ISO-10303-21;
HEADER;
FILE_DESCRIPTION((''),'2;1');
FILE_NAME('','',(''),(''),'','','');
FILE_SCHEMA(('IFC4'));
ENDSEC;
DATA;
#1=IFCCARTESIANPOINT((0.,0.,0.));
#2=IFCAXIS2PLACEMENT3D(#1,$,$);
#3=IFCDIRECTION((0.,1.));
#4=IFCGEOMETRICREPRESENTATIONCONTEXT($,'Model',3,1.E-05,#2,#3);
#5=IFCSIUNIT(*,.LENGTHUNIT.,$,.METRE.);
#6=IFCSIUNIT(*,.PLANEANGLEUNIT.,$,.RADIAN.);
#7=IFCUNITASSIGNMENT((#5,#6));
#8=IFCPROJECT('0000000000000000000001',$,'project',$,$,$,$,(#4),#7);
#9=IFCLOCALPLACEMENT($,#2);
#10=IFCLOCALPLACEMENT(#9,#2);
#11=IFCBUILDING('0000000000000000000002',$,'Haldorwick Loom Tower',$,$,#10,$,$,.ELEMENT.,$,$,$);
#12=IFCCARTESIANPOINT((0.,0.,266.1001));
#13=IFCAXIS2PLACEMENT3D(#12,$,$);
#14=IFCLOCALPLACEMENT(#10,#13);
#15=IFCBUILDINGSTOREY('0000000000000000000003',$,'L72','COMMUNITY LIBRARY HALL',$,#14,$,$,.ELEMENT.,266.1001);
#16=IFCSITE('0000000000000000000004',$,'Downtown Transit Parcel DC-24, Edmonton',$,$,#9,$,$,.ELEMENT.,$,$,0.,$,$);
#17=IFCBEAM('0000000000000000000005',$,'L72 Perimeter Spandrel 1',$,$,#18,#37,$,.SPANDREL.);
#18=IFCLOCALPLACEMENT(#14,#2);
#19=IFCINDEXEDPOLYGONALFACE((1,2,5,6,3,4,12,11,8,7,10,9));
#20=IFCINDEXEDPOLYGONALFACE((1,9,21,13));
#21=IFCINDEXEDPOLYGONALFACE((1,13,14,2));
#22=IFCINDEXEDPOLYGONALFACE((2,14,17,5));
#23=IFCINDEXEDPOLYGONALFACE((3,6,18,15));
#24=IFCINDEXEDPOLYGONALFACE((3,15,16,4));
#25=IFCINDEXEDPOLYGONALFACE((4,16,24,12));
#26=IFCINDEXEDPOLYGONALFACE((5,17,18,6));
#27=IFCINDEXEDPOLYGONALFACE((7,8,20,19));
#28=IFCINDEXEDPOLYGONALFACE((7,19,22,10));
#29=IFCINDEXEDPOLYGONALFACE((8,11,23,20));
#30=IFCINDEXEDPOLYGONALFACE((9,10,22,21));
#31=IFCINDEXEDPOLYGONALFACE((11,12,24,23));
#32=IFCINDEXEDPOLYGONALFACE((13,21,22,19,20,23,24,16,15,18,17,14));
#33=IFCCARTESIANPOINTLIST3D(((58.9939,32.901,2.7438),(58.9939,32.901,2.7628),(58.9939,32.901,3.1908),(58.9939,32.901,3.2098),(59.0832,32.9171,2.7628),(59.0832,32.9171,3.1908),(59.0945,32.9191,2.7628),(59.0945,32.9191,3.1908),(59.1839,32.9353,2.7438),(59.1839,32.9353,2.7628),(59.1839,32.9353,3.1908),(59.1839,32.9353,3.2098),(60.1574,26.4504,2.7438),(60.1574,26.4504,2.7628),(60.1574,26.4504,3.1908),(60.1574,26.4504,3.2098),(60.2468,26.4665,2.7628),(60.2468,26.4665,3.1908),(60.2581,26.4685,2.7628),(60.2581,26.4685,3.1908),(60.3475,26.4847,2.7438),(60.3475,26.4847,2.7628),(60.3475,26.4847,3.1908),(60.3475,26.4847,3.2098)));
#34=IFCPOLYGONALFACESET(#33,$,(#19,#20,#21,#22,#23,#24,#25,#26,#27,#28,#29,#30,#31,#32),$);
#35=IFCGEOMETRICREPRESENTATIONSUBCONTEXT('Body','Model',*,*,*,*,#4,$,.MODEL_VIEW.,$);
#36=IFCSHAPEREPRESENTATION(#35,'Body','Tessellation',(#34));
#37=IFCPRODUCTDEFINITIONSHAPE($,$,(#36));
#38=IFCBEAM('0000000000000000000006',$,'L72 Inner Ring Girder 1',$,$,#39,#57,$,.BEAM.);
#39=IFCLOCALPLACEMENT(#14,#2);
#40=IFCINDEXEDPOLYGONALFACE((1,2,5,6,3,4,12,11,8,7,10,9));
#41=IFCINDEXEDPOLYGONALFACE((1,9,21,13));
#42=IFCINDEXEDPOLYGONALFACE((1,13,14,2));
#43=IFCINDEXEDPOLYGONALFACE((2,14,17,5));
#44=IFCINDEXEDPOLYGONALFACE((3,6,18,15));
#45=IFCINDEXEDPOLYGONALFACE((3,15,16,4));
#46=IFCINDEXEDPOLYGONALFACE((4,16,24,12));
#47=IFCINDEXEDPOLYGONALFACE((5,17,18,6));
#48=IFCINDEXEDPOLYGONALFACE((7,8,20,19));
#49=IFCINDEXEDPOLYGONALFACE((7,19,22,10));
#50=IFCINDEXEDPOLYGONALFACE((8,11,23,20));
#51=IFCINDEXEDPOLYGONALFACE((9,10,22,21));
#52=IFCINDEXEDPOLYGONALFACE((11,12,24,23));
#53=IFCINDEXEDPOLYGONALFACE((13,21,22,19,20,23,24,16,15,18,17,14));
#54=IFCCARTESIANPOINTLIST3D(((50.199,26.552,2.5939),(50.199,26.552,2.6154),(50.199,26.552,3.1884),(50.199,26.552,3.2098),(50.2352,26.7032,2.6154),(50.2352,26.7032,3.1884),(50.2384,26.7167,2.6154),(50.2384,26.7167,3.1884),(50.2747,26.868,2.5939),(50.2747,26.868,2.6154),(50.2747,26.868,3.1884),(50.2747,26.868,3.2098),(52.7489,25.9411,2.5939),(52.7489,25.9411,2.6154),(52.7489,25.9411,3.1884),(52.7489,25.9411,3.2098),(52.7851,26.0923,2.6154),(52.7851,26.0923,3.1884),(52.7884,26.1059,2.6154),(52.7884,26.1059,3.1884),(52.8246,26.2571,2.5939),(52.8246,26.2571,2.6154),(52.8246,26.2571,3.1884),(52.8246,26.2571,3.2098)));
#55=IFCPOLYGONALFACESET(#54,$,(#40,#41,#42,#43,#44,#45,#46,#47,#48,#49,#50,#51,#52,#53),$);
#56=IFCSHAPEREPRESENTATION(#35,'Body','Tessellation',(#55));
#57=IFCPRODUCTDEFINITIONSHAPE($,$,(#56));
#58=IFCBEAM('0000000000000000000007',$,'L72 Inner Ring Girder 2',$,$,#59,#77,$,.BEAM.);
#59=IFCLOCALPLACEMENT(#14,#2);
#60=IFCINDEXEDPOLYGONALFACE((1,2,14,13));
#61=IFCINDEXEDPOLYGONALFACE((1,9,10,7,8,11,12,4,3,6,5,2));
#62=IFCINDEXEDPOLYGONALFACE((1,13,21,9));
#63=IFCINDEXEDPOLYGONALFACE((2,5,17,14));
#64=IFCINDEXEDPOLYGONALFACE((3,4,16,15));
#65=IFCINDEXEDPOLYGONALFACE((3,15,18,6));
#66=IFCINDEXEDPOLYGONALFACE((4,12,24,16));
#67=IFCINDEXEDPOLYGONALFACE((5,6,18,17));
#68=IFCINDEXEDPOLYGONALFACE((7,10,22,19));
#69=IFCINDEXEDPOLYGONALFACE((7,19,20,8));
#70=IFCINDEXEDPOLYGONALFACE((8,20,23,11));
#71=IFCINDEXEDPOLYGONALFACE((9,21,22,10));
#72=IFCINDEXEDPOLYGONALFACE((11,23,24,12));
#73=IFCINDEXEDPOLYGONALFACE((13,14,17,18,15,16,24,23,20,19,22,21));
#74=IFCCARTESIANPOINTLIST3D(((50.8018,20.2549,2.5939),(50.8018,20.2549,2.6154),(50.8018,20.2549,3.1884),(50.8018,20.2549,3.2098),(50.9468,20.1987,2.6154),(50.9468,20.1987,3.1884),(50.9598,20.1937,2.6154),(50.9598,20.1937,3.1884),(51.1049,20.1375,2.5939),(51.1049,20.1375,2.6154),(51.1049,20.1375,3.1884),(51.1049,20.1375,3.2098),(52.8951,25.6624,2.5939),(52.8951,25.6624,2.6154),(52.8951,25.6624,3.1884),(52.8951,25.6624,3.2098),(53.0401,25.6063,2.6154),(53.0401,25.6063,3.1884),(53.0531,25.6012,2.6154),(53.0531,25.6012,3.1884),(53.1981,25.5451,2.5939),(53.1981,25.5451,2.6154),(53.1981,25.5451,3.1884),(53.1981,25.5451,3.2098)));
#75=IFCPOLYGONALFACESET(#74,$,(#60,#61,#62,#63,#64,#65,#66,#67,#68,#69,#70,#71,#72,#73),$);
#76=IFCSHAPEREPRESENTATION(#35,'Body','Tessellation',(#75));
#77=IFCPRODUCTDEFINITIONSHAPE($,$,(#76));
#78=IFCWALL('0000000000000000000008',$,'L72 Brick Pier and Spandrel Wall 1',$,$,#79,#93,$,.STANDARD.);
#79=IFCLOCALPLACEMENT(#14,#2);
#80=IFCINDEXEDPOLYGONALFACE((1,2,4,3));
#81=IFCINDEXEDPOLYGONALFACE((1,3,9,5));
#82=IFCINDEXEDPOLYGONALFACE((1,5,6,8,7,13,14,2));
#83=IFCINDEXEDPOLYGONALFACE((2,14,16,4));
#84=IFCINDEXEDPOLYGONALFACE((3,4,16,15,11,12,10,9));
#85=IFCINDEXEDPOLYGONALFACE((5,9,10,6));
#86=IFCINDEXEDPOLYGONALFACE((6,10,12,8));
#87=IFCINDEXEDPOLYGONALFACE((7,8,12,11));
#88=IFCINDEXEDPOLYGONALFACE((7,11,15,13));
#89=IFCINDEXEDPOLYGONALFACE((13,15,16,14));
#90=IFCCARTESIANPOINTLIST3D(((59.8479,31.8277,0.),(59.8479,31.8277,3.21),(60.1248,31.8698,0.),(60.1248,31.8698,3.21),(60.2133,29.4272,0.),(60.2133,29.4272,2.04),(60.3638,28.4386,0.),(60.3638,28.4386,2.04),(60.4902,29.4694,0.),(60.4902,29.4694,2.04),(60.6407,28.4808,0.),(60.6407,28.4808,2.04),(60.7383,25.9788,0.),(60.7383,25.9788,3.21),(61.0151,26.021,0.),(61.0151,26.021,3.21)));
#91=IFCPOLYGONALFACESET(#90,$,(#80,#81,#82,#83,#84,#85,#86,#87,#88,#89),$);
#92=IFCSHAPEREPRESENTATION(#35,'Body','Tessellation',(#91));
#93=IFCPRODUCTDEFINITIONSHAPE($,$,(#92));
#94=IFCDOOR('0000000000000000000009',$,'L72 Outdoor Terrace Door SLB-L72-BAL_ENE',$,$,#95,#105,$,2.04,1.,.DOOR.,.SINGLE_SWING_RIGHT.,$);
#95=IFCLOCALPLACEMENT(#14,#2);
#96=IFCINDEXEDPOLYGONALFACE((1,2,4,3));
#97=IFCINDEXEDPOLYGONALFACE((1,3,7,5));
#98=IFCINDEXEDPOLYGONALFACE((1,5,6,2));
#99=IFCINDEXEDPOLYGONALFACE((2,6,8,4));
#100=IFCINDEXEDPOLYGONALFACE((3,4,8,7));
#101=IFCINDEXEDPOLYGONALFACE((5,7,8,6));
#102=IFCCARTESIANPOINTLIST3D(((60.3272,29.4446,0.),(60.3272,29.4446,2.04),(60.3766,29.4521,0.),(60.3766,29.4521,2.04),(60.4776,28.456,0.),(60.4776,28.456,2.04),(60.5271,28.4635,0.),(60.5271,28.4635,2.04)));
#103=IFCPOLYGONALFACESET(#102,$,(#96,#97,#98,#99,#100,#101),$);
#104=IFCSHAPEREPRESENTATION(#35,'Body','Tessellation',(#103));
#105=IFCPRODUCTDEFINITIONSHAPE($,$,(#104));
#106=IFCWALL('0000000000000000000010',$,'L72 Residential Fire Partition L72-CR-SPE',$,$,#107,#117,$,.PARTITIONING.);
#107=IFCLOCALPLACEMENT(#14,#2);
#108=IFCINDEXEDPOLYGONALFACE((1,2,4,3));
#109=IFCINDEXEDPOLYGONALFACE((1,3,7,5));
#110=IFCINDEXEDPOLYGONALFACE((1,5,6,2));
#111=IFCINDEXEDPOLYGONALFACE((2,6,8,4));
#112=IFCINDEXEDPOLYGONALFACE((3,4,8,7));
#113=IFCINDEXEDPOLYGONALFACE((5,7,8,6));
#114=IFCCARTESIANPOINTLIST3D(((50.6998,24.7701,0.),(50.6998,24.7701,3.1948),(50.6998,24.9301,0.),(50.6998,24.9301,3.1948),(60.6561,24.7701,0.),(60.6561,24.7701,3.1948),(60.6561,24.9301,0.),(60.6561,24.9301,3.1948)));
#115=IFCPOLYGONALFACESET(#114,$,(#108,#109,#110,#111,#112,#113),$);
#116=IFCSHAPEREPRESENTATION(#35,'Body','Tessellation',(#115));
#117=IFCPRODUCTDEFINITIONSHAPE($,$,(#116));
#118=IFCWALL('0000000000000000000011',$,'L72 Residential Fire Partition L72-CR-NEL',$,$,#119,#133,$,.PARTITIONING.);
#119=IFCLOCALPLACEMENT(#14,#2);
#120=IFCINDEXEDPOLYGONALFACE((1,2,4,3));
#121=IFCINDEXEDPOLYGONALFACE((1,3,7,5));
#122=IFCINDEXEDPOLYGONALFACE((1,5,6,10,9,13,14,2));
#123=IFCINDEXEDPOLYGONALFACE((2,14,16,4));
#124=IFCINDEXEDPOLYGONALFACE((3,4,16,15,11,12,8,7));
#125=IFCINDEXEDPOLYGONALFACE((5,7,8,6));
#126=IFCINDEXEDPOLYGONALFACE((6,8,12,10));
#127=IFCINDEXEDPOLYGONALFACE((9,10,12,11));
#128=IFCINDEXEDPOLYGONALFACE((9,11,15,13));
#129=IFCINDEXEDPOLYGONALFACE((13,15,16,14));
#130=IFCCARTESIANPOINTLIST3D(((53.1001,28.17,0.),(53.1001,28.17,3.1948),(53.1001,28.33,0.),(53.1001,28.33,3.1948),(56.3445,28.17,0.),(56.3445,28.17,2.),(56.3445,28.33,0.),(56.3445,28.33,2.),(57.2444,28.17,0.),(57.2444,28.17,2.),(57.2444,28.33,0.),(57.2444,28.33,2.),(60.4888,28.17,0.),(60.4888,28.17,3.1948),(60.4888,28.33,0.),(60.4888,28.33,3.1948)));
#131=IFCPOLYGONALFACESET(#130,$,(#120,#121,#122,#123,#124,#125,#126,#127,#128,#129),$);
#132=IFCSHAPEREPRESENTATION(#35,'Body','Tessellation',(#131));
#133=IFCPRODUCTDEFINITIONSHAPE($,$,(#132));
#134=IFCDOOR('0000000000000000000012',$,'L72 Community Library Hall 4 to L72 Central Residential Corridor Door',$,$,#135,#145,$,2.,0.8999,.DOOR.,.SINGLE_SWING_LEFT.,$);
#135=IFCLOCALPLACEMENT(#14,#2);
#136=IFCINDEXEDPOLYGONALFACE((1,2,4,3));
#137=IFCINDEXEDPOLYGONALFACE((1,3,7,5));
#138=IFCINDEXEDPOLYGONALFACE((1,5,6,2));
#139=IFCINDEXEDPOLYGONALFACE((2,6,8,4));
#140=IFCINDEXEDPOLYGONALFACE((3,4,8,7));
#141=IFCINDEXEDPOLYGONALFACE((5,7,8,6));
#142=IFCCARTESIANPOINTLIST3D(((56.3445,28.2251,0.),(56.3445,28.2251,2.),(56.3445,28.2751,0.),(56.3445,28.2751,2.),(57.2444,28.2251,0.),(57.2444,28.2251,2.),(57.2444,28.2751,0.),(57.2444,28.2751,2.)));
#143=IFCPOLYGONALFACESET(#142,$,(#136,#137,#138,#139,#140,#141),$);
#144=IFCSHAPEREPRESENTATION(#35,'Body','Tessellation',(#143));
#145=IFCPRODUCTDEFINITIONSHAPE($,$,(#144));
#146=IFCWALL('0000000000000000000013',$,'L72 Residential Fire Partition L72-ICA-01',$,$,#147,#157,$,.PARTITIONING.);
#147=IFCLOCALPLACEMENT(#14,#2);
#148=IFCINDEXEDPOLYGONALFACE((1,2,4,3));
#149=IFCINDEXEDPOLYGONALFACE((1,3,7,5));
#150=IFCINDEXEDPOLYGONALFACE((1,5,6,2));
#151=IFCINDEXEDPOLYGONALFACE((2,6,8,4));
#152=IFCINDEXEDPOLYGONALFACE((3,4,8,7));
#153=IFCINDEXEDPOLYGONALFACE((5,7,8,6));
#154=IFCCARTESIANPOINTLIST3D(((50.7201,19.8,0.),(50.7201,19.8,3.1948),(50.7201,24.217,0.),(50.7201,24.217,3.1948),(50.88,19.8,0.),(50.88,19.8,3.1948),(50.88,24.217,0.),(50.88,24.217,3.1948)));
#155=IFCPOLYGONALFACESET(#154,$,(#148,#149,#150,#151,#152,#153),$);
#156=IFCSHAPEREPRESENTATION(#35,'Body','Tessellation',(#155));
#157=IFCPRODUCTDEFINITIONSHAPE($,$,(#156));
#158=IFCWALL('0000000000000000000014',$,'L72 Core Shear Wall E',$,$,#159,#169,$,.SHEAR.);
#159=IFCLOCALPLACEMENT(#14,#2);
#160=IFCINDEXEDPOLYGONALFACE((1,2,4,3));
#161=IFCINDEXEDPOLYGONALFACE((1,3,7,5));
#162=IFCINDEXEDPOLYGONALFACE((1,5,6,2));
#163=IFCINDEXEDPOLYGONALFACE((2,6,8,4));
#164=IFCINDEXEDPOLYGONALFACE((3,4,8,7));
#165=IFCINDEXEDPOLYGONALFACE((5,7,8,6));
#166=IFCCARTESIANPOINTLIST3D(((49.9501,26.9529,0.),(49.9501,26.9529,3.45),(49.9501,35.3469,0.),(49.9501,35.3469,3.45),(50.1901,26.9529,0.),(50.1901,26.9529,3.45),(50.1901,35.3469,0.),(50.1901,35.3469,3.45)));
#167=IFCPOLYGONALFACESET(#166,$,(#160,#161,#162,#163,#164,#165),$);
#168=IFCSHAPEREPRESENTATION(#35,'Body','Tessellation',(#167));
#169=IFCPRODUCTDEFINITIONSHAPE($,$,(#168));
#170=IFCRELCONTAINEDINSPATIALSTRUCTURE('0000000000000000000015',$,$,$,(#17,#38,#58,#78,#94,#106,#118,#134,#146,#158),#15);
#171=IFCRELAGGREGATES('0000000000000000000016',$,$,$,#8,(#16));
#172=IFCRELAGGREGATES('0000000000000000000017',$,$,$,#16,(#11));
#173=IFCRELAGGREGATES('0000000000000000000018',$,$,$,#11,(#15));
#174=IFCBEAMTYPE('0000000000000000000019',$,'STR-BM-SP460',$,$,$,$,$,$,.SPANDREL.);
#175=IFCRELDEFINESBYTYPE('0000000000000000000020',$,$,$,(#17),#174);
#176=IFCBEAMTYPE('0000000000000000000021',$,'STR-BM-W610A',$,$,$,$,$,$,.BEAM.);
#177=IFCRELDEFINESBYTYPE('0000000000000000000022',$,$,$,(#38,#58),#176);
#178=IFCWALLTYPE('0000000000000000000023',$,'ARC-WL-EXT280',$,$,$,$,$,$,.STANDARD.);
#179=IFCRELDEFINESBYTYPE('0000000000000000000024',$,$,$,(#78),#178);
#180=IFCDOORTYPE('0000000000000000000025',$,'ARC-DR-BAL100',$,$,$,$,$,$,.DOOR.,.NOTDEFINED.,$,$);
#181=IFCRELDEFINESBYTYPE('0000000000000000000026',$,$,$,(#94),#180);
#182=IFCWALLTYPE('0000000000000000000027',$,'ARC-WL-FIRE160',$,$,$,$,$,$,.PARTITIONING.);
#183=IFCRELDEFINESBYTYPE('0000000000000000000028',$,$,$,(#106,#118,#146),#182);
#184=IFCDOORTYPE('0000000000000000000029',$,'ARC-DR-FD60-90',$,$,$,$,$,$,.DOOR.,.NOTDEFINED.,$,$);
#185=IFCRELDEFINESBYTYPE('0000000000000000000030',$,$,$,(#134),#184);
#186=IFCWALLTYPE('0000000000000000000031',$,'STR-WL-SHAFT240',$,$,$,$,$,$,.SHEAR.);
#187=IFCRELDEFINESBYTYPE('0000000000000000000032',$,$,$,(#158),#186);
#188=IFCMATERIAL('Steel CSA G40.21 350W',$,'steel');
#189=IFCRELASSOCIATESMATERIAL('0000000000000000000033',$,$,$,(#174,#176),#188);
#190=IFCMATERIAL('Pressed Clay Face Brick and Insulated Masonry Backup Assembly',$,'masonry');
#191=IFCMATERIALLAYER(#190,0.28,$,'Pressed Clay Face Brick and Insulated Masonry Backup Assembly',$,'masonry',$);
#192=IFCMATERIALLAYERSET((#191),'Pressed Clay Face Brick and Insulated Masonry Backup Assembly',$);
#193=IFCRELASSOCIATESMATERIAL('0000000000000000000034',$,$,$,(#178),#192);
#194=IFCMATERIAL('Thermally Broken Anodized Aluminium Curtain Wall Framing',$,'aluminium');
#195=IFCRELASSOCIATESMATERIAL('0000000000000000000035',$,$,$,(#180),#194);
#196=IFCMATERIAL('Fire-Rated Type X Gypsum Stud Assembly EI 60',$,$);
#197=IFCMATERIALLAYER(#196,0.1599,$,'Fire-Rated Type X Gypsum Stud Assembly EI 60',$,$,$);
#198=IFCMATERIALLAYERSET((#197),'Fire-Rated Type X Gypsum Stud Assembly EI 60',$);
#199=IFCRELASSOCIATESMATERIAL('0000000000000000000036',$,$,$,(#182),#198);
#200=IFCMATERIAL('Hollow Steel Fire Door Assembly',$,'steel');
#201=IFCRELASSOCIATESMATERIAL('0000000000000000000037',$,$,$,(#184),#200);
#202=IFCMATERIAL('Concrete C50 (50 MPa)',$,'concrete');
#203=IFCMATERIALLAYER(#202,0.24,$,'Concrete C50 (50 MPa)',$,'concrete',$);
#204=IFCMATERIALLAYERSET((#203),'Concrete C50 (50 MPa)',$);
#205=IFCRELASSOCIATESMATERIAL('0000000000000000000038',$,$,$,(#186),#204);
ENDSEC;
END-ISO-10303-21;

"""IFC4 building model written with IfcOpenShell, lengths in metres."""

from ifc_helpers import new_model, si_unit, direction, frame, frame_2d, origin, origin_2d, place, context, subcontext, project, spatial, rectangle, i_section, extrude, material, layer, layer_set, material_profile, profile_set, type_object, element, fill, save


model = new_model("IFC4")

# Units and contexts
model_context = context("Model", 3, precision=1e-05, world=origin(), true_north=direction((0.0, 1.0)))
body_context = subcontext(model_context, "Body", "Model", "MODEL_VIEW")
ifc_project = project(units=[si_unit("LENGTHUNIT", "METRE"), si_unit("PLANEANGLEUNIT", "RADIAN")], contexts=[model_context])

# Site, building, storey
site_placement = place(None, origin())
site = spatial("IfcSite", under=ifc_project, at=site_placement, Name="Downtown Transit Parcel DC-24, Edmonton", CompositionType="ELEMENT", RefElevation=0.0)
building_placement = place(site_placement, origin())
building = spatial("IfcBuilding", under=site, at=building_placement, Name="Haldorwick Loom Tower", CompositionType="ELEMENT")
storey_placement = place(building_placement, frame((0.0, 0.0, 266.1001)))
storey = spatial("IfcBuildingStorey", under=building, at=storey_placement, Name="L72", Description="COMMUNITY LIBRARY HALL", CompositionType="ELEMENT", Elevation=266.1001)

# Shared definitions
ifc_material_1 = material(Name="Concrete C50 (50 MPa)", Category="concrete")
ifc_material_2 = material(Name="Steel CSA G40.21 350W", Category="steel")

# Beams
ifc_material_profile_1 = material_profile(ifc_material_2, i_section(OverallWidth=0.1931, OverallDepth=0.4661, WebThickness=0.0115, FlangeThickness=0.019, at=origin_2d()), Name="W460X97", Category="steel")
ifc_profile_set_1 = profile_set([ifc_material_profile_1], Name="Steel CSA G40.21 350W")
beam_type_1 = type_object("IfcBeamType", Name="STR-BM-SP460", PredefinedType="SPANDREL", material=ifc_profile_set_1)
beam_1_placement = place(storey_placement, frame((60.2524, 26.4675, 2.9768), z_axis=(-0.177515, 0.984118, 0.0), x_axis=(-0.984118, -0.177515, 0.0)))
element("IfcBeam", 1, at=beam_1_placement, inside=storey, type_object=beam_type_1, Name="L72 Perimeter Spandrel 1", PredefinedType="SPANDREL", context=body_context, shape_type="SweptSolid", body=[
    extrude(i_section(OverallWidth=0.1931, OverallDepth=0.4661, WebThickness=0.0115, FlangeThickness=0.019, at=origin_2d()), origin(), (0.0, 0.0, 1.0), 6.5547),
])
ifc_material_profile_2 = material_profile(ifc_material_2, i_section(OverallWidth=0.325, OverallDepth=0.616, WebThickness=0.0139, FlangeThickness=0.0215, at=origin_2d()), Name="W610X174", Category="steel")
ifc_profile_set_2 = profile_set([ifc_material_profile_2], Name="Steel CSA G40.21 350W")
beam_type_2 = type_object("IfcBeamType", Name="STR-BM-W610A", PredefinedType="BEAM", material=ifc_profile_set_2)
beam_2_placement = place(storey_placement, frame((50.2368, 26.71, 2.9019), z_axis=(0.972484, -0.232971, 0.0), x_axis=(0.232971, 0.972484, 0.0)))
element("IfcBeam", 2, at=beam_2_placement, inside=storey, type_object=beam_type_2, Name="L72 Inner Ring Girder 1", PredefinedType="BEAM", context=body_context, shape_type="SweptSolid", body=[
    extrude(i_section(OverallWidth=0.325, OverallDepth=0.616, WebThickness=0.0139, FlangeThickness=0.0215, at=origin_2d()), origin(), (0.0, 0.0, 1.0), 2.6221),
])
beam_3_placement = place(storey_placement, frame((53.0466, 25.6038, 2.9019), z_axis=(-0.361001, -0.932565, 0.0), x_axis=(0.932565, -0.361001, 0.0)))
element("IfcBeam", 3, at=beam_3_placement, inside=storey, type_object=beam_type_2, Name="L72 Inner Ring Girder 2", PredefinedType="BEAM", context=body_context, shape_type="SweptSolid", body=[
    extrude(i_section(OverallWidth=0.325, OverallDepth=0.616, WebThickness=0.0139, FlangeThickness=0.0215, at=origin_2d()), origin(), (0.0, 0.0, 1.0), 5.7986),
])

# Wall, opening, door
ifc_material_3 = material(Name="Pressed Clay Face Brick and Insulated Masonry Backup Assembly", Category="masonry")
ifc_layer_1 = layer(ifc_material_3, 0.28, Name="Pressed Clay Face Brick and Insulated Masonry Backup Assembly", Category="masonry")
ifc_layer_set_1 = layer_set([ifc_layer_1], Name="Pressed Clay Face Brick and Insulated Masonry Backup Assembly")
wall_type_1 = type_object("IfcWallType", Name="ARC-WL-EXT280", PredefinedType="STANDARD", material=ifc_layer_set_1)
wall_1_placement = place(storey_placement, frame((60.8767, 26.0, 0.0), z_axis=(0.0, 0.0, 1.0), x_axis=(-0.150497, 0.98861, 0.0)))
wall_1 = element("IfcWall", 4, at=wall_1_placement, inside=storey, type_object=wall_type_1, Name="L72 Brick Pier and Spandrel Wall 1", PredefinedType="STANDARD", context=body_context, shape_type="SweptSolid", body=[
    extrude(rectangle(XDim=5.9163, YDim=0.28, at=frame_2d((2.958, 0.0))), origin(), (0.0, 0.0, 1.0), 3.21),
])
opening_1_placement = place(wall_1_placement, frame((2.488, 0.0, 0.0)))
opening_1 = element("IfcOpeningElement", 5, at=opening_1_placement, cuts=wall_1, PredefinedType="OPENING", context=body_context, shape_type="SweptSolid", body=[
    extrude(rectangle(XDim=1.0, YDim=2.04, at=frame_2d((0.5, 1.02))), frame((0.0, 0.1499, 0.0), z_axis=(0.0, -1.0, 0.0), x_axis=(1.0, 0.0, 0.0)), (0.0, 0.0, 1.0), 0.3),
])
ifc_material_4 = material(Name="Thermally Broken Anodized Aluminium Curtain Wall Framing", Category="aluminium")
door_type_1 = type_object("IfcDoorType", Name="ARC-DR-BAL100", OperationType="NOTDEFINED", PredefinedType="DOOR", material=ifc_material_4)
door_1_placement = place(opening_1_placement, origin())
door_1 = element("IfcDoor", 6, at=door_1_placement, inside=storey, type_object=door_type_1, Name="L72 Outdoor Terrace Door SLB-L72-BAL_ENE", OperationType="SINGLE_SWING_RIGHT", OverallHeight=2.04, OverallWidth=1.0, PredefinedType="DOOR", context=body_context, shape_type="SweptSolid", body=[
    extrude(rectangle(XDim=1.0, YDim=2.04, at=frame_2d((0.5, 1.02))), frame((0.0, 0.0249, 0.0), z_axis=(0.0, -1.0, 0.0), x_axis=(1.0, 0.0, 0.0)), (0.0, 0.0, 1.0), 0.05),
])
fill(opening_1, door_1)

# Wall
ifc_material_5 = material(Name="Fire-Rated Type X Gypsum Stud Assembly EI 60")
ifc_layer_2 = layer(ifc_material_5, 0.1599, Name="Fire-Rated Type X Gypsum Stud Assembly EI 60")
ifc_layer_set_2 = layer_set([ifc_layer_2], Name="Fire-Rated Type X Gypsum Stud Assembly EI 60")
wall_type_2 = type_object("IfcWallType", Name="ARC-WL-FIRE160", PredefinedType="PARTITIONING", material=ifc_layer_set_2)
wall_2_placement = place(storey_placement, frame((50.7, 24.8501, 0.0), z_axis=(0.0, 0.0, 1.0), x_axis=(1.0, 0.0, 0.0)))
element("IfcWall", 7, at=wall_2_placement, inside=storey, type_object=wall_type_2, Name="L72 Residential Fire Partition L72-CR-SPE", PredefinedType="PARTITIONING", context=body_context, shape_type="SweptSolid", body=[
    extrude(rectangle(XDim=9.9563, YDim=0.1599, at=frame_2d((4.978, 0.0))), origin(), (0.0, 0.0, 1.0), 3.1948),
])

# Wall, opening, door
wall_3_placement = place(storey_placement, frame((53.1001, 28.25, 0.0), z_axis=(0.0, 0.0, 1.0), x_axis=(1.0, 0.0, 0.0)))
wall_3 = element("IfcWall", 8, at=wall_3_placement, inside=storey, type_object=wall_type_2, Name="L72 Residential Fire Partition L72-CR-NEL", PredefinedType="PARTITIONING", context=body_context, shape_type="SweptSolid", body=[
    extrude(rectangle(XDim=7.3887, YDim=0.1599, at=frame_2d((3.6943, 0.0))), origin(), (0.0, 0.0, 1.0), 3.1948),
])
opening_2_placement = place(wall_3_placement, frame((3.2444, 0.0, 0.0)))
opening_2 = element("IfcOpeningElement", 9, at=opening_2_placement, cuts=wall_3, PredefinedType="OPENING", context=body_context, shape_type="SweptSolid", body=[
    extrude(rectangle(XDim=0.8999, YDim=2.0, at=frame_2d((0.45, 1.0))), frame((0.0, 0.0898, 0.0), z_axis=(0.0, -1.0, 0.0), x_axis=(1.0, 0.0, 0.0)), (0.0, 0.0, 1.0), 0.1799),
])
ifc_material_6 = material(Name="Hollow Steel Fire Door Assembly", Category="steel")
door_type_2 = type_object("IfcDoorType", Name="ARC-DR-FD60-90", OperationType="NOTDEFINED", PredefinedType="DOOR", material=ifc_material_6)
door_2_placement = place(opening_2_placement, frame((0.8999, 0.0, 0.0), z_axis=(0.0, 0.0, 1.0), x_axis=(-1.0, 0.0, 0.0)))
door_2 = element("IfcDoor", 10, at=door_2_placement, inside=storey, type_object=door_type_2, Name="L72 Community Library Hall 4 to L72 Central Residential Corridor Door", OperationType="SINGLE_SWING_LEFT", OverallHeight=2.0, OverallWidth=0.8999, PredefinedType="DOOR", context=body_context, shape_type="SweptSolid", body=[
    extrude(rectangle(XDim=0.8999, YDim=2.0, at=frame_2d((0.45, 1.0))), frame((0.0, 0.0249, 0.0), z_axis=(0.0, -1.0, 0.0), x_axis=(1.0, 0.0, 0.0)), (0.0, 0.0, 1.0), 0.05),
])
fill(opening_2, door_2)

# Walls
wall_4_placement = place(storey_placement, frame((50.8, 24.217, 0.0), z_axis=(0.0, 0.0, 1.0), x_axis=(0.0, -1.0, 0.0)))
element("IfcWall", 11, at=wall_4_placement, inside=storey, type_object=wall_type_2, Name="L72 Residential Fire Partition L72-ICA-01", PredefinedType="PARTITIONING", context=body_context, shape_type="SweptSolid", body=[
    extrude(rectangle(XDim=4.417, YDim=0.1599, at=frame_2d((2.2085, 0.0))), origin(), (0.0, 0.0, 1.0), 3.1948),
])
ifc_layer_3 = layer(ifc_material_1, 0.24, Name="Concrete C50 (50 MPa)", Category="concrete")
ifc_layer_set_3 = layer_set([ifc_layer_3], Name="Concrete C50 (50 MPa)")
wall_type_3 = type_object("IfcWallType", Name="STR-WL-SHAFT240", PredefinedType="SHEAR", material=ifc_layer_set_3)
for number, where, z_axis, x_axis, name in (
    (12, (50.0701, 26.9529, 0.0), (0.0, 0.0, 1.0), (0.0, 1.0, 0.0), "L72 Core Shear Wall E"),
):
    element("IfcWall", number, at=place(storey_placement, frame(where, z_axis=z_axis, x_axis=x_axis)), inside=storey, type_object=wall_type_3, Name=name, PredefinedType="SHEAR", context=body_context, shape_type="SweptSolid", body=[
        extrude(rectangle(XDim=8.394, YDim=0.24, at=frame_2d((4.197, 0.0))), origin(), (0.0, 0.0, 1.0), 3.45),
    ])

save(model, "model.ifc")
